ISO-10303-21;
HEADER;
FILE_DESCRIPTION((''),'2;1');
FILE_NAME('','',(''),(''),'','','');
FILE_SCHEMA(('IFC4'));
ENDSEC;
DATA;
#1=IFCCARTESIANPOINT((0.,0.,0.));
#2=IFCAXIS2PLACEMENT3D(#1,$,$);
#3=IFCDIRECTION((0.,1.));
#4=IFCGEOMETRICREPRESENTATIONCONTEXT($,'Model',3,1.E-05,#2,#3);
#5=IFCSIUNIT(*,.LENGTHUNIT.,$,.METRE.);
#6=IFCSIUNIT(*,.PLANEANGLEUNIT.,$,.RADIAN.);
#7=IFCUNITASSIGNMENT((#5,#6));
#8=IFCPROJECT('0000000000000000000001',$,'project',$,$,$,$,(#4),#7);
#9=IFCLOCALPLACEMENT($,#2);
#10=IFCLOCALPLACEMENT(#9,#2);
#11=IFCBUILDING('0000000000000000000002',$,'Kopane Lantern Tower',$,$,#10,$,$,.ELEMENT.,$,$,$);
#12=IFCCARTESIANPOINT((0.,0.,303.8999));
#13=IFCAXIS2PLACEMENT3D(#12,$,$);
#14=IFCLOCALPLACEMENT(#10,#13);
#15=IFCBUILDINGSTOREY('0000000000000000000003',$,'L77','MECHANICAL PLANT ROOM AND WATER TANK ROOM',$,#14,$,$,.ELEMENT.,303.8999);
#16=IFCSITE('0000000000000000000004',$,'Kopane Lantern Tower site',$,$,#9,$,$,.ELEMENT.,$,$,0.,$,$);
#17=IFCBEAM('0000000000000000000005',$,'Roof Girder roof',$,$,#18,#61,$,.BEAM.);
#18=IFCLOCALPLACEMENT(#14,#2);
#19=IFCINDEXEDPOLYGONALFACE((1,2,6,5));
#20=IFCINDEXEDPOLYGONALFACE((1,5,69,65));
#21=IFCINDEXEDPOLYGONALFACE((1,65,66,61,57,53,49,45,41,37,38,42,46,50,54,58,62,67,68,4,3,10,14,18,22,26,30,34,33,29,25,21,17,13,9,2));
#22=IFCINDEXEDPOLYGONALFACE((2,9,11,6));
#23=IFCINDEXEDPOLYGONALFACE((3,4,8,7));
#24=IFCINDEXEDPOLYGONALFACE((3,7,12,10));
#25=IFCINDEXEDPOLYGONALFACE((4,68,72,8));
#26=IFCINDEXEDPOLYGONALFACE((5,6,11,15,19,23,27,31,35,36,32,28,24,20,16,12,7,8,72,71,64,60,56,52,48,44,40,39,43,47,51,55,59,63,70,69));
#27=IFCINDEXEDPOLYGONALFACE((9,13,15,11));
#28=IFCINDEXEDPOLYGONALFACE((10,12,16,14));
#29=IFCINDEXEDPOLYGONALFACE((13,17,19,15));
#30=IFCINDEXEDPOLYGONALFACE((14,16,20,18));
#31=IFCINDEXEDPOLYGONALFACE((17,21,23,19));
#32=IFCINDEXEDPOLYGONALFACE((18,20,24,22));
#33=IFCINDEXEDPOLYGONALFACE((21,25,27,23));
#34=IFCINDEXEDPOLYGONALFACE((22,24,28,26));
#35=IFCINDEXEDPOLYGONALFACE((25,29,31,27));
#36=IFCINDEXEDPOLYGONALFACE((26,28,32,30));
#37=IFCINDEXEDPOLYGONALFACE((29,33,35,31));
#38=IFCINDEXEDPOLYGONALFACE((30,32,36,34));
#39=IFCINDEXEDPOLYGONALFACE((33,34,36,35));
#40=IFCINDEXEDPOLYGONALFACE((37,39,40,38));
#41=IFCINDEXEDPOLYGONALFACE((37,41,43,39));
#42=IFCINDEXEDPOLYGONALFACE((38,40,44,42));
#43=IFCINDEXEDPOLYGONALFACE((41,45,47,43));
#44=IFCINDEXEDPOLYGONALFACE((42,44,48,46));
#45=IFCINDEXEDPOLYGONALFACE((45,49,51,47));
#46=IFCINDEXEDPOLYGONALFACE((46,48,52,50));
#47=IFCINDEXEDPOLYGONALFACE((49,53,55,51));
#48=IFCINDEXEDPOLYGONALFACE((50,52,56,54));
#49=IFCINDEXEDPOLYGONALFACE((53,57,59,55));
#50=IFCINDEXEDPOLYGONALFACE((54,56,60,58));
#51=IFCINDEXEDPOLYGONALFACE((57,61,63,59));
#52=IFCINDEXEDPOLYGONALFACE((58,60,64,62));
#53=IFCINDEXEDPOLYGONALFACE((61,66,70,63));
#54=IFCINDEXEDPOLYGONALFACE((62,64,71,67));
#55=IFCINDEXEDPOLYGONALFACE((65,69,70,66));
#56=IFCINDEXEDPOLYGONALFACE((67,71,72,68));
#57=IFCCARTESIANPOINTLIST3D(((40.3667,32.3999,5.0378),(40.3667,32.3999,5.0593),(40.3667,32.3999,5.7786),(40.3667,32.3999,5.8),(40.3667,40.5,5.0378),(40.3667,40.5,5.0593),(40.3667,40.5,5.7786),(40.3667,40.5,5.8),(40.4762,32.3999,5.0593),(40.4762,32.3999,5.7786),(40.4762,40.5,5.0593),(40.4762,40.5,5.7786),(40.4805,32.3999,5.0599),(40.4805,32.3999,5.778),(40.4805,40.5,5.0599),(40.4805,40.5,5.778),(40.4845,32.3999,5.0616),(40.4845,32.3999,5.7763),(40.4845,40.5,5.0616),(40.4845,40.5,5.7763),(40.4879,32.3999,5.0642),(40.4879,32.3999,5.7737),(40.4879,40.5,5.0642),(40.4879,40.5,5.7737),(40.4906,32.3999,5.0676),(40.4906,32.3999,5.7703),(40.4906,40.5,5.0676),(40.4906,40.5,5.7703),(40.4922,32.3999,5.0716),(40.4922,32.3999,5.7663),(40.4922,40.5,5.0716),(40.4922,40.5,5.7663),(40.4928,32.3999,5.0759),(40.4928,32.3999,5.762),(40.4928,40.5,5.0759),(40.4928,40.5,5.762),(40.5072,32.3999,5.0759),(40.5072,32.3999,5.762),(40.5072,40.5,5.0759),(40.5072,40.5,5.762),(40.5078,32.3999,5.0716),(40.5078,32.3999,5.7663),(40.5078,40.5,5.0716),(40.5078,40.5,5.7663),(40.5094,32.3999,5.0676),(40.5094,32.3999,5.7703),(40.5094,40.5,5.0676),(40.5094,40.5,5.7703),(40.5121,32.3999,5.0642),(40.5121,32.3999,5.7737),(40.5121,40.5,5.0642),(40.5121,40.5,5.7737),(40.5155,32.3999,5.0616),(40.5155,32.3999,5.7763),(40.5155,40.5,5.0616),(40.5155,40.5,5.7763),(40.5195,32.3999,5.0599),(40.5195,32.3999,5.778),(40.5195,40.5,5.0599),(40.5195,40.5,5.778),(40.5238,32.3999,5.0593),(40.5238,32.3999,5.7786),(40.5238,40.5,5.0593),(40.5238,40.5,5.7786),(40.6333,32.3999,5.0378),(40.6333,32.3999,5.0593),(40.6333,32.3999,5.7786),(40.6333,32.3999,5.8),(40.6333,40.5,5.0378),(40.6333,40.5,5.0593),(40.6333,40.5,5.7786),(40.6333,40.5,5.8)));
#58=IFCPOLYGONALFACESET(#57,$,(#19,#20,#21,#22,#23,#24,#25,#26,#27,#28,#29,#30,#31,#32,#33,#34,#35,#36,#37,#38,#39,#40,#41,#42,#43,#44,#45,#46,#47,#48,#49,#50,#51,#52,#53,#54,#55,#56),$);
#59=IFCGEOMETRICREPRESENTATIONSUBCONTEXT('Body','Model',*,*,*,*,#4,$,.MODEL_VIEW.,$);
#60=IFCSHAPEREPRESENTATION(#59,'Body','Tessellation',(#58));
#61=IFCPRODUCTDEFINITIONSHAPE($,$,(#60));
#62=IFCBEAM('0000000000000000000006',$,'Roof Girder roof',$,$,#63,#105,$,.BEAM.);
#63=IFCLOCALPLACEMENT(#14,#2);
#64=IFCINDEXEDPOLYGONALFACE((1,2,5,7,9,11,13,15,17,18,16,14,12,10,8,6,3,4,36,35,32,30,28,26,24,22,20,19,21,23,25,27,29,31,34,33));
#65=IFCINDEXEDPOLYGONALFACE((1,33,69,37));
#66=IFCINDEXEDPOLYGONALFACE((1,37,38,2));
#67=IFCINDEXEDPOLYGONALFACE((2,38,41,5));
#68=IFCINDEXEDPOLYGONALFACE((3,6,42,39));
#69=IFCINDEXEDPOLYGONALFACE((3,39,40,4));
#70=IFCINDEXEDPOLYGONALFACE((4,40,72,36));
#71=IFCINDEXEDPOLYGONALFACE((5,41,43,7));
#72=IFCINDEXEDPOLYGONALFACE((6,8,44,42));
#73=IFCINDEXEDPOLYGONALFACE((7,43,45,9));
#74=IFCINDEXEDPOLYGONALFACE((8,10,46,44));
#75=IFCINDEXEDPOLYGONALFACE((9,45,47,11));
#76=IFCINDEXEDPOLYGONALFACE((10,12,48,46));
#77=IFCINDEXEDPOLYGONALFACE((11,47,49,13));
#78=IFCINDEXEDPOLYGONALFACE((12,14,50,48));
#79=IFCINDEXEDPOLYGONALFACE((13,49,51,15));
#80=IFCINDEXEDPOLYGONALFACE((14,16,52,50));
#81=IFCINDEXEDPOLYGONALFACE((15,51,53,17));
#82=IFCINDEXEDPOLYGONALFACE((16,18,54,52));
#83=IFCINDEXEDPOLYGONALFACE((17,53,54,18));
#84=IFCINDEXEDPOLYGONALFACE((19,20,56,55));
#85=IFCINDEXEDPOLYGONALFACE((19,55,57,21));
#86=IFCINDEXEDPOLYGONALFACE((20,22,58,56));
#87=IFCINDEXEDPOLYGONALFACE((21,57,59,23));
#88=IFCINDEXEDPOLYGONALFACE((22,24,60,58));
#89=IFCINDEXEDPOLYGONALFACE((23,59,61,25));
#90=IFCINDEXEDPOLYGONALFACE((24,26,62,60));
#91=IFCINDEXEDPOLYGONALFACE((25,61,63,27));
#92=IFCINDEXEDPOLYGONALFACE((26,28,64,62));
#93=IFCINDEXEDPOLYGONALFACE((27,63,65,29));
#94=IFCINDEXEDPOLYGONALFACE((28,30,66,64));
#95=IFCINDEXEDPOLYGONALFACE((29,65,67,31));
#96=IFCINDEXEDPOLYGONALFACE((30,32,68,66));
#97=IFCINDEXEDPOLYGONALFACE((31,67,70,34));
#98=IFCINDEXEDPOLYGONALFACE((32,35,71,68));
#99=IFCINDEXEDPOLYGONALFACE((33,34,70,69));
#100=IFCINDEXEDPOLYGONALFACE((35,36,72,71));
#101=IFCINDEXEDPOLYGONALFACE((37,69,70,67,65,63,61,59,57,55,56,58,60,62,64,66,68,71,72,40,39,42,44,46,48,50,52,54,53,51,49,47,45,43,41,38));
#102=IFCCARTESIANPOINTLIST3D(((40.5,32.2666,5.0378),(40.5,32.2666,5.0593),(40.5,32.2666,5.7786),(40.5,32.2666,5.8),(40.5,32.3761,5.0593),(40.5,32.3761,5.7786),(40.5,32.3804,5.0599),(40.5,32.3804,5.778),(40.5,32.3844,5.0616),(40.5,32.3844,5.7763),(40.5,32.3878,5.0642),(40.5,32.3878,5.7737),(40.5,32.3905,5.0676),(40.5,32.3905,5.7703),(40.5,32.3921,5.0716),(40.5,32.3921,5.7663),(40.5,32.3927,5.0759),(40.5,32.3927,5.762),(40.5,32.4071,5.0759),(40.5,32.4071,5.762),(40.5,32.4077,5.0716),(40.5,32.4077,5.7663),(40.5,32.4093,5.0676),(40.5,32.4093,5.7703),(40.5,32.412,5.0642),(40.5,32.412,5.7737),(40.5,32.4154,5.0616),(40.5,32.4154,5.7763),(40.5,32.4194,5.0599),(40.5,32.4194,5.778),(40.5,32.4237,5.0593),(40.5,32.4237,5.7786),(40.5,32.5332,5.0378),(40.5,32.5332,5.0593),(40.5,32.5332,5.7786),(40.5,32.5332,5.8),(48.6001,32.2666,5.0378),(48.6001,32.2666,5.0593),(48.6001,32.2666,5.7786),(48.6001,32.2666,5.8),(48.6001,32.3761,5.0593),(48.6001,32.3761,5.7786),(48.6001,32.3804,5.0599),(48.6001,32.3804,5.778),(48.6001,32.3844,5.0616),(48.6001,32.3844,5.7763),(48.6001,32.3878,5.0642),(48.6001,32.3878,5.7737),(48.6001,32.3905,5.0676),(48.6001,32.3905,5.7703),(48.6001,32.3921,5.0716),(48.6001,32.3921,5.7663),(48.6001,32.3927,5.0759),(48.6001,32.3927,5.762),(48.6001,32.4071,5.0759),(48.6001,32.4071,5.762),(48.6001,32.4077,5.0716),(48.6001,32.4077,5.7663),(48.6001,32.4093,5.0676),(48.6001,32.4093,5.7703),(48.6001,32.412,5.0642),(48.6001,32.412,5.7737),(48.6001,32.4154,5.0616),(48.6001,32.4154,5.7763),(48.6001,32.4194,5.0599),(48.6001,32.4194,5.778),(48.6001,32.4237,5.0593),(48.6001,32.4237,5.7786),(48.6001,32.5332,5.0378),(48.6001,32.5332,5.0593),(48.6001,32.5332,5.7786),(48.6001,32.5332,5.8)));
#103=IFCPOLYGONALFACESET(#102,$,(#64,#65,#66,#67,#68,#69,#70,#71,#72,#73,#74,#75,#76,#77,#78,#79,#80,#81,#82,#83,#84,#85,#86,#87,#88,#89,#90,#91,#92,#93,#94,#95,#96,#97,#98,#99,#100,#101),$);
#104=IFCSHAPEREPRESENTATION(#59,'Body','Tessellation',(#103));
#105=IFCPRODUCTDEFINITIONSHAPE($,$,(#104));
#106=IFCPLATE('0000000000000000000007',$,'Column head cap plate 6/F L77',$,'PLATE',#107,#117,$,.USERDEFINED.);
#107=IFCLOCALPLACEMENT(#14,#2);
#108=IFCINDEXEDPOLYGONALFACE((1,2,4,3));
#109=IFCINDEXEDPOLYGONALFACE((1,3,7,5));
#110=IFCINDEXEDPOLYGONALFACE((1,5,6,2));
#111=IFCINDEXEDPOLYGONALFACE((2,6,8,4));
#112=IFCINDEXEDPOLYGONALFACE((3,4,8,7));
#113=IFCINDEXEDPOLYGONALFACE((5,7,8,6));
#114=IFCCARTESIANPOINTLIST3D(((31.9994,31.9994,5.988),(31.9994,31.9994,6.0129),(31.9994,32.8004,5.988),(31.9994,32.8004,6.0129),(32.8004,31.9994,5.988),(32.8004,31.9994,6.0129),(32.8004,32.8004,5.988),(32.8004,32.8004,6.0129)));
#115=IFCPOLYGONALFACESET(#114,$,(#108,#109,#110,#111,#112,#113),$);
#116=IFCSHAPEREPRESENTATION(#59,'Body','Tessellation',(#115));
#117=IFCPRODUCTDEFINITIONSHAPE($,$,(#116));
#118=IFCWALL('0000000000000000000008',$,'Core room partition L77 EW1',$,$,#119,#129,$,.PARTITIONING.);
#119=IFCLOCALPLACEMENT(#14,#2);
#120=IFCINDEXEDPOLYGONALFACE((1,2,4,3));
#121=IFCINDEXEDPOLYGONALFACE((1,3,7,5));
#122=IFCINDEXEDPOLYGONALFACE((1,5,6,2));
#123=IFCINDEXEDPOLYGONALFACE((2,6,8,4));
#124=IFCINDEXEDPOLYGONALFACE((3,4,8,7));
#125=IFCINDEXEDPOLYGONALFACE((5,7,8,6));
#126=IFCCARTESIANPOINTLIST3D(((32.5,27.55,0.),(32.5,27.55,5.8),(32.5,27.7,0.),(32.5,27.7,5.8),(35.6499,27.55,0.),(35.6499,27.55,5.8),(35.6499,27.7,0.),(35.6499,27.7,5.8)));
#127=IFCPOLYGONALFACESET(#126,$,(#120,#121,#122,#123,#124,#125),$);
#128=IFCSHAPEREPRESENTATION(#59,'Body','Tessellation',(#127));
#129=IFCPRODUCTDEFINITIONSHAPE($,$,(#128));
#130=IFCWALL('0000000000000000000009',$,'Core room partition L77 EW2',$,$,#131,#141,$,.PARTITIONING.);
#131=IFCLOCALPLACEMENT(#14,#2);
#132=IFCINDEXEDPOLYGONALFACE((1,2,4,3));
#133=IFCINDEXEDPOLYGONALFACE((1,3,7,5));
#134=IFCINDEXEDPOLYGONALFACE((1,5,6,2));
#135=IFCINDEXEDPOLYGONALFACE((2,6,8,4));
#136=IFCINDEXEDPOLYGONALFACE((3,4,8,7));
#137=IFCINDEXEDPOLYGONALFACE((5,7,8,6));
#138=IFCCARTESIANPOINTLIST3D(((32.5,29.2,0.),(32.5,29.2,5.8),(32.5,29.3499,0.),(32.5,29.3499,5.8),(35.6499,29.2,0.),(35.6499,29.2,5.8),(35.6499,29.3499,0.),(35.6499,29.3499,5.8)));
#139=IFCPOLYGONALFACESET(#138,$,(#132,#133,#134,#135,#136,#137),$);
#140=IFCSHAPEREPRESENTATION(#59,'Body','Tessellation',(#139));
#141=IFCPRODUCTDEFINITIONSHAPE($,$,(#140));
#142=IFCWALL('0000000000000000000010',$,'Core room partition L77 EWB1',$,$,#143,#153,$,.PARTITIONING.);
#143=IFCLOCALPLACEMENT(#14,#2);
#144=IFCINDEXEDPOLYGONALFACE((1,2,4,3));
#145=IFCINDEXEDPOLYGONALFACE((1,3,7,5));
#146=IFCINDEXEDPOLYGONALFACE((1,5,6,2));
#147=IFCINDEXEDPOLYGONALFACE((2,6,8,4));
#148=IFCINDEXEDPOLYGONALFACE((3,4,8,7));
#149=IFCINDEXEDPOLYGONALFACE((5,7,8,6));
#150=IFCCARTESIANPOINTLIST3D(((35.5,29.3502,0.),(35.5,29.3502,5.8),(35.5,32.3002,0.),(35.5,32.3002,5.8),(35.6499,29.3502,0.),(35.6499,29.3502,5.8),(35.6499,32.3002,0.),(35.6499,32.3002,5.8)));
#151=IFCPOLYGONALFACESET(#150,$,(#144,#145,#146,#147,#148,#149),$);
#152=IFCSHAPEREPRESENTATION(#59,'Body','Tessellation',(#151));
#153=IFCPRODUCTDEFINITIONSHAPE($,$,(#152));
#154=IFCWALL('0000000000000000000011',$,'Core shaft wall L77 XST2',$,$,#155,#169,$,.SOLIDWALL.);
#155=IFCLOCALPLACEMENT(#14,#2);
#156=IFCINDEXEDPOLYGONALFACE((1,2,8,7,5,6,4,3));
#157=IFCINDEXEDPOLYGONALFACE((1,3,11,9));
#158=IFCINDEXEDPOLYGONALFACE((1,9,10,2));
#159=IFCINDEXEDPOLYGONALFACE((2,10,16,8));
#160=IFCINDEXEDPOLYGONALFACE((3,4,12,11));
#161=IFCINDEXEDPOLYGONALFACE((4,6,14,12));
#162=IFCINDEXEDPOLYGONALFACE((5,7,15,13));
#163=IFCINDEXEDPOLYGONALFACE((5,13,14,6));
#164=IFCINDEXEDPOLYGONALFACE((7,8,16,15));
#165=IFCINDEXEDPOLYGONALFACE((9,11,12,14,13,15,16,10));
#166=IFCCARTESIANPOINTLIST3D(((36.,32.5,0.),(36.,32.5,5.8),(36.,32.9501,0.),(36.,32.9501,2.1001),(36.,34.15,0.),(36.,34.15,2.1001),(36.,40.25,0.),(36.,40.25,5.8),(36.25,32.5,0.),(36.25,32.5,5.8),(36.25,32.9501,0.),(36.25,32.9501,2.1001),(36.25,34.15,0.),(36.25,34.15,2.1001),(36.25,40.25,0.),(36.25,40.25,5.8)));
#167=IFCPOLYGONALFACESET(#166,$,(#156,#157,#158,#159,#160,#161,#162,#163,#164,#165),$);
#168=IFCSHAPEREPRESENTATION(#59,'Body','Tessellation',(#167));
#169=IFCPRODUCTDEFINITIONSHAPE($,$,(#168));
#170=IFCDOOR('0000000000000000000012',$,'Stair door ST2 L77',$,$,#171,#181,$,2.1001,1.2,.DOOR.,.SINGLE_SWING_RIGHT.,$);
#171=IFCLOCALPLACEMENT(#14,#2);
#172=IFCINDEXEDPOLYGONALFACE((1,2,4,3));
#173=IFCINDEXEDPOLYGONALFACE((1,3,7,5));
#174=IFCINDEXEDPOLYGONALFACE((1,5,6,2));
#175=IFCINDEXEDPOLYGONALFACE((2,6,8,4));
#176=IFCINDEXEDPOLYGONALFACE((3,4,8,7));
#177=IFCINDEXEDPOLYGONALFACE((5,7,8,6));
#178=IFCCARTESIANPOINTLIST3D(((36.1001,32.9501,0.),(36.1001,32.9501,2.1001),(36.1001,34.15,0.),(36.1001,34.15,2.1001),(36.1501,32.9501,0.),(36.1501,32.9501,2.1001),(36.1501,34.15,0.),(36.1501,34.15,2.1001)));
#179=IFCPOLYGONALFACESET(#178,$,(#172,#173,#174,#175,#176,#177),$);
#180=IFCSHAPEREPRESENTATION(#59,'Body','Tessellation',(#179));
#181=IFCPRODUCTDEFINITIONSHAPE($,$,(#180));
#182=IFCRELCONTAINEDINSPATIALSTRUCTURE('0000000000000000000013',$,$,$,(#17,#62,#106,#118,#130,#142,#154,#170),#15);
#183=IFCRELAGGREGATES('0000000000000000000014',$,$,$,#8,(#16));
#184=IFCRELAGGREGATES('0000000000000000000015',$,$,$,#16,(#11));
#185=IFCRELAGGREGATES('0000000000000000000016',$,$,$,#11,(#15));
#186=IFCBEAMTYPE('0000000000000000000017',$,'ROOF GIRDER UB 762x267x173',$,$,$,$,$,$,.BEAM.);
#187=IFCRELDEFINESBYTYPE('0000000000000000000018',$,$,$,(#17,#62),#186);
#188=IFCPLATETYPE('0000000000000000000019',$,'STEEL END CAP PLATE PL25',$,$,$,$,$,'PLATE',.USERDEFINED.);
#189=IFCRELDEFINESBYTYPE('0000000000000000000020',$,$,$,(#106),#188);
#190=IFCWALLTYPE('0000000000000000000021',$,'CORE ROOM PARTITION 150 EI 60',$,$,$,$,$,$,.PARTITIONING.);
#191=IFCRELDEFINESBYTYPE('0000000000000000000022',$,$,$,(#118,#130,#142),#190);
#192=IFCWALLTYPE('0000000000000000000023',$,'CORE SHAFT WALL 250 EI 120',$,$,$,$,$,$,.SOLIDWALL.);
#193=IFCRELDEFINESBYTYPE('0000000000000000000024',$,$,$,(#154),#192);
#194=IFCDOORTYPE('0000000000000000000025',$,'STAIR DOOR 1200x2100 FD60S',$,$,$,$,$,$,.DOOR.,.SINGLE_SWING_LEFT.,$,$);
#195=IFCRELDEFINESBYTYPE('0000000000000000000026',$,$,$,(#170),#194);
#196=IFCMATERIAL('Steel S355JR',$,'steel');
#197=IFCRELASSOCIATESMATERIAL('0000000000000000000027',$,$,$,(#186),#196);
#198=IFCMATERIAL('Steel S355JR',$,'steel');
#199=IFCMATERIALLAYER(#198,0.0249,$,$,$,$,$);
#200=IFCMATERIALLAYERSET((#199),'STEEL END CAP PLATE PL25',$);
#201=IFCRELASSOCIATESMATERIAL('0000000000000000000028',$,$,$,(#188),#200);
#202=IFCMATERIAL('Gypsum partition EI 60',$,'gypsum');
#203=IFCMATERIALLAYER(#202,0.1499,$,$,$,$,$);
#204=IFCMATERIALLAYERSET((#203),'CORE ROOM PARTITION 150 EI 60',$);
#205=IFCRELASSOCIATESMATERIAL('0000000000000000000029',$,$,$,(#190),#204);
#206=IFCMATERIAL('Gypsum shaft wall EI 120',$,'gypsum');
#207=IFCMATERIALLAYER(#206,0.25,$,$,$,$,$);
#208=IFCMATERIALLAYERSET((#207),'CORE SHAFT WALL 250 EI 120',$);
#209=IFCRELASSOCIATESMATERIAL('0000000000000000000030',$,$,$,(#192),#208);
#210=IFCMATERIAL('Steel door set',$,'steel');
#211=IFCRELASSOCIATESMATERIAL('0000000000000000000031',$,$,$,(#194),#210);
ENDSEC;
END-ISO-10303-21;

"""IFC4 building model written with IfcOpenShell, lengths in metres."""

from ifc_helpers import new_model, si_unit, direction, frame, frame_2d, origin, origin_2d, place, context, subcontext, project, spatial, rectangle, i_section, extrude, material, layer, layer_set, material_profile, profile_set, type_object, element, fill, save


model = new_model("IFC4")

# Units and contexts
model_context = context("Model", 3, precision=1e-05, world=origin(), true_north=direction((0.0, 1.0)))
body_context = subcontext(model_context, "Body", "Model", "MODEL_VIEW")
ifc_project = project(units=[si_unit("LENGTHUNIT", "METRE"), si_unit("PLANEANGLEUNIT", "RADIAN")], contexts=[model_context])

# Site, building, storey
site_placement = place(None, origin())
site = spatial("IfcSite", under=ifc_project, at=site_placement, Name="Kopane Lantern Tower site", CompositionType="ELEMENT", RefElevation=0.0)
building_placement = place(site_placement, origin())
building = spatial("IfcBuilding", under=site, at=building_placement, Name="Kopane Lantern Tower", CompositionType="ELEMENT")
storey_placement = place(building_placement, frame((0.0, 0.0, 303.8999)))
storey = spatial("IfcBuildingStorey", under=building, at=storey_placement, Name="L77", Description="MECHANICAL PLANT ROOM AND WATER TANK ROOM", CompositionType="ELEMENT", Elevation=303.8999)

# Beams
ifc_material_1 = material(Name="Steel S355JR", Category="steel")
ifc_material_profile_1 = material_profile(ifc_material_1, i_section(OverallWidth=0.2666, OverallDepth=0.7622, WebThickness=0.0144, FlangeThickness=0.0215, FilletRadius=0.0166, at=origin_2d()), Name="UB 762x267x173")
ifc_profile_set_1 = profile_set([ifc_material_profile_1], Name="Steel S355JR")
beam_type_1 = type_object("IfcBeamType", Name="ROOF GIRDER UB 762x267x173", PredefinedType="BEAM", material=ifc_profile_set_1)
for number, where, z_axis, x_axis, name in (
    (1, (40.5, 32.3999, 5.4189), (0.0, 1.0, 0.0), (-1.0, 0.0, 0.0), "Roof Girder roof"),
    (2, (40.5, 32.3999, 5.4189), (1.0, 0.0, 0.0), (0.0, 1.0, 0.0), "Roof Girder roof"),
):
    element("IfcBeam", number, at=place(storey_placement, frame(where, z_axis=z_axis, x_axis=x_axis)), inside=storey, type_object=beam_type_1, Name=name, PredefinedType="BEAM", context=body_context, shape_type="SweptSolid", body=[
        extrude(i_section(OverallWidth=0.2666, OverallDepth=0.7622, WebThickness=0.0144, FlangeThickness=0.0215, FilletRadius=0.0166, at=origin_2d()), origin(), (0.0, 0.0, 1.0), 8.1001),
    ])

# Plate
ifc_material_2 = material(Name="Steel S355JR", Category="steel")
ifc_layer_1 = layer(ifc_material_2, 0.0249)
ifc_layer_set_1 = layer_set([ifc_layer_1], Name="STEEL END CAP PLATE PL25")
plate_type = type_object("IfcPlateType", Name="STEEL END CAP PLATE PL25", ElementType="PLATE", PredefinedType="USERDEFINED", material=ifc_layer_set_1)
plate_placement = place(storey_placement, frame((32.3999, 32.3999, 5.988), z_axis=(0.0, 0.0, 1.0), x_axis=(1.0, 0.0, 0.0)))
element("IfcPlate", 3, at=plate_placement, inside=storey, type_object=plate_type, Name="Column head cap plate 6/F L77", ObjectType="PLATE", PredefinedType="USERDEFINED", context=body_context, shape_type="SweptSolid", body=[
    extrude(rectangle(XDim=0.801, YDim=0.801, at=origin_2d()), origin(), (0.0, 0.0, 1.0), 0.0249),
])

# Walls
ifc_material_3 = material(Name="Gypsum partition EI 60", Category="gypsum")
ifc_layer_2 = layer(ifc_material_3, 0.1499)
ifc_layer_set_2 = layer_set([ifc_layer_2], Name="CORE ROOM PARTITION 150 EI 60")
wall_type_1 = type_object("IfcWallType", Name="CORE ROOM PARTITION 150 EI 60", PredefinedType="PARTITIONING", material=ifc_layer_set_2)
for number, where, z_axis, x_axis, name in (
    (4, (32.5, 27.625, 0.0), (0.0, 0.0, 1.0), (1.0, 0.0, 0.0), "Core room partition L77 EW1"),
    (5, (32.5, 29.2749, 0.0), (0.0, 0.0, 1.0), (1.0, 0.0, 0.0), "Core room partition L77 EW2"),
):
    element("IfcWall", number, at=place(storey_placement, frame(where, z_axis=z_axis, x_axis=x_axis)), inside=storey, type_object=wall_type_1, Name=name, PredefinedType="PARTITIONING", context=body_context, shape_type="SweptSolid", body=[
        extrude(rectangle(XDim=3.1499, YDim=0.1499, at=frame_2d((1.575, 0.0))), origin(), (0.0, 0.0, 1.0), 5.8),
    ])
wall_1_placement = place(storey_placement, frame((35.575, 29.3501, 0.0), z_axis=(0.0, 0.0, 1.0), x_axis=(0.0, 1.0, 0.0)))
element("IfcWall", 6, at=wall_1_placement, inside=storey, type_object=wall_type_1, Name="Core room partition L77 EWB1", PredefinedType="PARTITIONING", context=body_context, shape_type="SweptSolid", body=[
    extrude(rectangle(XDim=2.95, YDim=0.1499, at=frame_2d((1.4751, 0.0))), origin(), (0.0, 0.0, 1.0), 5.8),
])

# Wall, opening, door
ifc_material_4 = material(Name="Gypsum shaft wall EI 120", Category="gypsum")
ifc_layer_3 = layer(ifc_material_4, 0.25)
ifc_layer_set_3 = layer_set([ifc_layer_3], Name="CORE SHAFT WALL 250 EI 120")
wall_type_2 = type_object("IfcWallType", Name="CORE SHAFT WALL 250 EI 120", PredefinedType="SOLIDWALL", material=ifc_layer_set_3)
wall_2_placement = place(storey_placement, frame((36.125, 32.5, 0.0), z_axis=(0.0, 0.0, 1.0), x_axis=(0.0, 1.0, 0.0)))
wall_2 = element("IfcWall", 7, at=wall_2_placement, inside=storey, type_object=wall_type_2, Name="Core shaft wall L77 XST2", PredefinedType="SOLIDWALL", context=body_context, shape_type="SweptSolid", body=[
    extrude(rectangle(XDim=7.75, YDim=0.25, at=frame_2d((3.875, 0.0))), origin(), (0.0, 0.0, 1.0), 5.8),
])
opening_1_placement = place(wall_2_placement, frame((0.45, 0.0, 0.0)))
opening_1 = element("IfcOpeningElement", 8, at=opening_1_placement, cuts=wall_2, PredefinedType="OPENING", context=body_context, shape_type="SweptSolid", body=[
    extrude(rectangle(XDim=1.2, YDim=2.1001, at=frame_2d((0.6001, 1.05))), frame((0.0, 0.135, 0.0), z_axis=(0.0, -1.0, 0.0), x_axis=(1.0, 0.0, 0.0)), (0.0, 0.0, 1.0), 0.27),
])
ifc_material_5 = material(Name="Steel door set", Category="steel")
door_type_1 = type_object("IfcDoorType", Name="STAIR DOOR 1200x2100 FD60S", OperationType="SINGLE_SWING_LEFT", PredefinedType="DOOR", material=ifc_material_5)
door_1_placement = place(opening_1_placement, origin())
door_1 = element("IfcDoor", 9, at=door_1_placement, inside=storey, type_object=door_type_1, Name="Stair door ST2 L77", OperationType="SINGLE_SWING_RIGHT", OverallHeight=2.1001, OverallWidth=1.2, PredefinedType="DOOR", context=body_context, shape_type="SweptSolid", body=[
    extrude(rectangle(XDim=1.2, YDim=2.1001, at=frame_2d((0.6001, 1.05))), frame((0.0, 0.0249, 0.0), z_axis=(0.0, -1.0, 0.0), x_axis=(1.0, 0.0, 0.0)), (0.0, 0.0, 1.0), 0.05),
])
fill(opening_1, door_1)

save(model, "model.ifc")
